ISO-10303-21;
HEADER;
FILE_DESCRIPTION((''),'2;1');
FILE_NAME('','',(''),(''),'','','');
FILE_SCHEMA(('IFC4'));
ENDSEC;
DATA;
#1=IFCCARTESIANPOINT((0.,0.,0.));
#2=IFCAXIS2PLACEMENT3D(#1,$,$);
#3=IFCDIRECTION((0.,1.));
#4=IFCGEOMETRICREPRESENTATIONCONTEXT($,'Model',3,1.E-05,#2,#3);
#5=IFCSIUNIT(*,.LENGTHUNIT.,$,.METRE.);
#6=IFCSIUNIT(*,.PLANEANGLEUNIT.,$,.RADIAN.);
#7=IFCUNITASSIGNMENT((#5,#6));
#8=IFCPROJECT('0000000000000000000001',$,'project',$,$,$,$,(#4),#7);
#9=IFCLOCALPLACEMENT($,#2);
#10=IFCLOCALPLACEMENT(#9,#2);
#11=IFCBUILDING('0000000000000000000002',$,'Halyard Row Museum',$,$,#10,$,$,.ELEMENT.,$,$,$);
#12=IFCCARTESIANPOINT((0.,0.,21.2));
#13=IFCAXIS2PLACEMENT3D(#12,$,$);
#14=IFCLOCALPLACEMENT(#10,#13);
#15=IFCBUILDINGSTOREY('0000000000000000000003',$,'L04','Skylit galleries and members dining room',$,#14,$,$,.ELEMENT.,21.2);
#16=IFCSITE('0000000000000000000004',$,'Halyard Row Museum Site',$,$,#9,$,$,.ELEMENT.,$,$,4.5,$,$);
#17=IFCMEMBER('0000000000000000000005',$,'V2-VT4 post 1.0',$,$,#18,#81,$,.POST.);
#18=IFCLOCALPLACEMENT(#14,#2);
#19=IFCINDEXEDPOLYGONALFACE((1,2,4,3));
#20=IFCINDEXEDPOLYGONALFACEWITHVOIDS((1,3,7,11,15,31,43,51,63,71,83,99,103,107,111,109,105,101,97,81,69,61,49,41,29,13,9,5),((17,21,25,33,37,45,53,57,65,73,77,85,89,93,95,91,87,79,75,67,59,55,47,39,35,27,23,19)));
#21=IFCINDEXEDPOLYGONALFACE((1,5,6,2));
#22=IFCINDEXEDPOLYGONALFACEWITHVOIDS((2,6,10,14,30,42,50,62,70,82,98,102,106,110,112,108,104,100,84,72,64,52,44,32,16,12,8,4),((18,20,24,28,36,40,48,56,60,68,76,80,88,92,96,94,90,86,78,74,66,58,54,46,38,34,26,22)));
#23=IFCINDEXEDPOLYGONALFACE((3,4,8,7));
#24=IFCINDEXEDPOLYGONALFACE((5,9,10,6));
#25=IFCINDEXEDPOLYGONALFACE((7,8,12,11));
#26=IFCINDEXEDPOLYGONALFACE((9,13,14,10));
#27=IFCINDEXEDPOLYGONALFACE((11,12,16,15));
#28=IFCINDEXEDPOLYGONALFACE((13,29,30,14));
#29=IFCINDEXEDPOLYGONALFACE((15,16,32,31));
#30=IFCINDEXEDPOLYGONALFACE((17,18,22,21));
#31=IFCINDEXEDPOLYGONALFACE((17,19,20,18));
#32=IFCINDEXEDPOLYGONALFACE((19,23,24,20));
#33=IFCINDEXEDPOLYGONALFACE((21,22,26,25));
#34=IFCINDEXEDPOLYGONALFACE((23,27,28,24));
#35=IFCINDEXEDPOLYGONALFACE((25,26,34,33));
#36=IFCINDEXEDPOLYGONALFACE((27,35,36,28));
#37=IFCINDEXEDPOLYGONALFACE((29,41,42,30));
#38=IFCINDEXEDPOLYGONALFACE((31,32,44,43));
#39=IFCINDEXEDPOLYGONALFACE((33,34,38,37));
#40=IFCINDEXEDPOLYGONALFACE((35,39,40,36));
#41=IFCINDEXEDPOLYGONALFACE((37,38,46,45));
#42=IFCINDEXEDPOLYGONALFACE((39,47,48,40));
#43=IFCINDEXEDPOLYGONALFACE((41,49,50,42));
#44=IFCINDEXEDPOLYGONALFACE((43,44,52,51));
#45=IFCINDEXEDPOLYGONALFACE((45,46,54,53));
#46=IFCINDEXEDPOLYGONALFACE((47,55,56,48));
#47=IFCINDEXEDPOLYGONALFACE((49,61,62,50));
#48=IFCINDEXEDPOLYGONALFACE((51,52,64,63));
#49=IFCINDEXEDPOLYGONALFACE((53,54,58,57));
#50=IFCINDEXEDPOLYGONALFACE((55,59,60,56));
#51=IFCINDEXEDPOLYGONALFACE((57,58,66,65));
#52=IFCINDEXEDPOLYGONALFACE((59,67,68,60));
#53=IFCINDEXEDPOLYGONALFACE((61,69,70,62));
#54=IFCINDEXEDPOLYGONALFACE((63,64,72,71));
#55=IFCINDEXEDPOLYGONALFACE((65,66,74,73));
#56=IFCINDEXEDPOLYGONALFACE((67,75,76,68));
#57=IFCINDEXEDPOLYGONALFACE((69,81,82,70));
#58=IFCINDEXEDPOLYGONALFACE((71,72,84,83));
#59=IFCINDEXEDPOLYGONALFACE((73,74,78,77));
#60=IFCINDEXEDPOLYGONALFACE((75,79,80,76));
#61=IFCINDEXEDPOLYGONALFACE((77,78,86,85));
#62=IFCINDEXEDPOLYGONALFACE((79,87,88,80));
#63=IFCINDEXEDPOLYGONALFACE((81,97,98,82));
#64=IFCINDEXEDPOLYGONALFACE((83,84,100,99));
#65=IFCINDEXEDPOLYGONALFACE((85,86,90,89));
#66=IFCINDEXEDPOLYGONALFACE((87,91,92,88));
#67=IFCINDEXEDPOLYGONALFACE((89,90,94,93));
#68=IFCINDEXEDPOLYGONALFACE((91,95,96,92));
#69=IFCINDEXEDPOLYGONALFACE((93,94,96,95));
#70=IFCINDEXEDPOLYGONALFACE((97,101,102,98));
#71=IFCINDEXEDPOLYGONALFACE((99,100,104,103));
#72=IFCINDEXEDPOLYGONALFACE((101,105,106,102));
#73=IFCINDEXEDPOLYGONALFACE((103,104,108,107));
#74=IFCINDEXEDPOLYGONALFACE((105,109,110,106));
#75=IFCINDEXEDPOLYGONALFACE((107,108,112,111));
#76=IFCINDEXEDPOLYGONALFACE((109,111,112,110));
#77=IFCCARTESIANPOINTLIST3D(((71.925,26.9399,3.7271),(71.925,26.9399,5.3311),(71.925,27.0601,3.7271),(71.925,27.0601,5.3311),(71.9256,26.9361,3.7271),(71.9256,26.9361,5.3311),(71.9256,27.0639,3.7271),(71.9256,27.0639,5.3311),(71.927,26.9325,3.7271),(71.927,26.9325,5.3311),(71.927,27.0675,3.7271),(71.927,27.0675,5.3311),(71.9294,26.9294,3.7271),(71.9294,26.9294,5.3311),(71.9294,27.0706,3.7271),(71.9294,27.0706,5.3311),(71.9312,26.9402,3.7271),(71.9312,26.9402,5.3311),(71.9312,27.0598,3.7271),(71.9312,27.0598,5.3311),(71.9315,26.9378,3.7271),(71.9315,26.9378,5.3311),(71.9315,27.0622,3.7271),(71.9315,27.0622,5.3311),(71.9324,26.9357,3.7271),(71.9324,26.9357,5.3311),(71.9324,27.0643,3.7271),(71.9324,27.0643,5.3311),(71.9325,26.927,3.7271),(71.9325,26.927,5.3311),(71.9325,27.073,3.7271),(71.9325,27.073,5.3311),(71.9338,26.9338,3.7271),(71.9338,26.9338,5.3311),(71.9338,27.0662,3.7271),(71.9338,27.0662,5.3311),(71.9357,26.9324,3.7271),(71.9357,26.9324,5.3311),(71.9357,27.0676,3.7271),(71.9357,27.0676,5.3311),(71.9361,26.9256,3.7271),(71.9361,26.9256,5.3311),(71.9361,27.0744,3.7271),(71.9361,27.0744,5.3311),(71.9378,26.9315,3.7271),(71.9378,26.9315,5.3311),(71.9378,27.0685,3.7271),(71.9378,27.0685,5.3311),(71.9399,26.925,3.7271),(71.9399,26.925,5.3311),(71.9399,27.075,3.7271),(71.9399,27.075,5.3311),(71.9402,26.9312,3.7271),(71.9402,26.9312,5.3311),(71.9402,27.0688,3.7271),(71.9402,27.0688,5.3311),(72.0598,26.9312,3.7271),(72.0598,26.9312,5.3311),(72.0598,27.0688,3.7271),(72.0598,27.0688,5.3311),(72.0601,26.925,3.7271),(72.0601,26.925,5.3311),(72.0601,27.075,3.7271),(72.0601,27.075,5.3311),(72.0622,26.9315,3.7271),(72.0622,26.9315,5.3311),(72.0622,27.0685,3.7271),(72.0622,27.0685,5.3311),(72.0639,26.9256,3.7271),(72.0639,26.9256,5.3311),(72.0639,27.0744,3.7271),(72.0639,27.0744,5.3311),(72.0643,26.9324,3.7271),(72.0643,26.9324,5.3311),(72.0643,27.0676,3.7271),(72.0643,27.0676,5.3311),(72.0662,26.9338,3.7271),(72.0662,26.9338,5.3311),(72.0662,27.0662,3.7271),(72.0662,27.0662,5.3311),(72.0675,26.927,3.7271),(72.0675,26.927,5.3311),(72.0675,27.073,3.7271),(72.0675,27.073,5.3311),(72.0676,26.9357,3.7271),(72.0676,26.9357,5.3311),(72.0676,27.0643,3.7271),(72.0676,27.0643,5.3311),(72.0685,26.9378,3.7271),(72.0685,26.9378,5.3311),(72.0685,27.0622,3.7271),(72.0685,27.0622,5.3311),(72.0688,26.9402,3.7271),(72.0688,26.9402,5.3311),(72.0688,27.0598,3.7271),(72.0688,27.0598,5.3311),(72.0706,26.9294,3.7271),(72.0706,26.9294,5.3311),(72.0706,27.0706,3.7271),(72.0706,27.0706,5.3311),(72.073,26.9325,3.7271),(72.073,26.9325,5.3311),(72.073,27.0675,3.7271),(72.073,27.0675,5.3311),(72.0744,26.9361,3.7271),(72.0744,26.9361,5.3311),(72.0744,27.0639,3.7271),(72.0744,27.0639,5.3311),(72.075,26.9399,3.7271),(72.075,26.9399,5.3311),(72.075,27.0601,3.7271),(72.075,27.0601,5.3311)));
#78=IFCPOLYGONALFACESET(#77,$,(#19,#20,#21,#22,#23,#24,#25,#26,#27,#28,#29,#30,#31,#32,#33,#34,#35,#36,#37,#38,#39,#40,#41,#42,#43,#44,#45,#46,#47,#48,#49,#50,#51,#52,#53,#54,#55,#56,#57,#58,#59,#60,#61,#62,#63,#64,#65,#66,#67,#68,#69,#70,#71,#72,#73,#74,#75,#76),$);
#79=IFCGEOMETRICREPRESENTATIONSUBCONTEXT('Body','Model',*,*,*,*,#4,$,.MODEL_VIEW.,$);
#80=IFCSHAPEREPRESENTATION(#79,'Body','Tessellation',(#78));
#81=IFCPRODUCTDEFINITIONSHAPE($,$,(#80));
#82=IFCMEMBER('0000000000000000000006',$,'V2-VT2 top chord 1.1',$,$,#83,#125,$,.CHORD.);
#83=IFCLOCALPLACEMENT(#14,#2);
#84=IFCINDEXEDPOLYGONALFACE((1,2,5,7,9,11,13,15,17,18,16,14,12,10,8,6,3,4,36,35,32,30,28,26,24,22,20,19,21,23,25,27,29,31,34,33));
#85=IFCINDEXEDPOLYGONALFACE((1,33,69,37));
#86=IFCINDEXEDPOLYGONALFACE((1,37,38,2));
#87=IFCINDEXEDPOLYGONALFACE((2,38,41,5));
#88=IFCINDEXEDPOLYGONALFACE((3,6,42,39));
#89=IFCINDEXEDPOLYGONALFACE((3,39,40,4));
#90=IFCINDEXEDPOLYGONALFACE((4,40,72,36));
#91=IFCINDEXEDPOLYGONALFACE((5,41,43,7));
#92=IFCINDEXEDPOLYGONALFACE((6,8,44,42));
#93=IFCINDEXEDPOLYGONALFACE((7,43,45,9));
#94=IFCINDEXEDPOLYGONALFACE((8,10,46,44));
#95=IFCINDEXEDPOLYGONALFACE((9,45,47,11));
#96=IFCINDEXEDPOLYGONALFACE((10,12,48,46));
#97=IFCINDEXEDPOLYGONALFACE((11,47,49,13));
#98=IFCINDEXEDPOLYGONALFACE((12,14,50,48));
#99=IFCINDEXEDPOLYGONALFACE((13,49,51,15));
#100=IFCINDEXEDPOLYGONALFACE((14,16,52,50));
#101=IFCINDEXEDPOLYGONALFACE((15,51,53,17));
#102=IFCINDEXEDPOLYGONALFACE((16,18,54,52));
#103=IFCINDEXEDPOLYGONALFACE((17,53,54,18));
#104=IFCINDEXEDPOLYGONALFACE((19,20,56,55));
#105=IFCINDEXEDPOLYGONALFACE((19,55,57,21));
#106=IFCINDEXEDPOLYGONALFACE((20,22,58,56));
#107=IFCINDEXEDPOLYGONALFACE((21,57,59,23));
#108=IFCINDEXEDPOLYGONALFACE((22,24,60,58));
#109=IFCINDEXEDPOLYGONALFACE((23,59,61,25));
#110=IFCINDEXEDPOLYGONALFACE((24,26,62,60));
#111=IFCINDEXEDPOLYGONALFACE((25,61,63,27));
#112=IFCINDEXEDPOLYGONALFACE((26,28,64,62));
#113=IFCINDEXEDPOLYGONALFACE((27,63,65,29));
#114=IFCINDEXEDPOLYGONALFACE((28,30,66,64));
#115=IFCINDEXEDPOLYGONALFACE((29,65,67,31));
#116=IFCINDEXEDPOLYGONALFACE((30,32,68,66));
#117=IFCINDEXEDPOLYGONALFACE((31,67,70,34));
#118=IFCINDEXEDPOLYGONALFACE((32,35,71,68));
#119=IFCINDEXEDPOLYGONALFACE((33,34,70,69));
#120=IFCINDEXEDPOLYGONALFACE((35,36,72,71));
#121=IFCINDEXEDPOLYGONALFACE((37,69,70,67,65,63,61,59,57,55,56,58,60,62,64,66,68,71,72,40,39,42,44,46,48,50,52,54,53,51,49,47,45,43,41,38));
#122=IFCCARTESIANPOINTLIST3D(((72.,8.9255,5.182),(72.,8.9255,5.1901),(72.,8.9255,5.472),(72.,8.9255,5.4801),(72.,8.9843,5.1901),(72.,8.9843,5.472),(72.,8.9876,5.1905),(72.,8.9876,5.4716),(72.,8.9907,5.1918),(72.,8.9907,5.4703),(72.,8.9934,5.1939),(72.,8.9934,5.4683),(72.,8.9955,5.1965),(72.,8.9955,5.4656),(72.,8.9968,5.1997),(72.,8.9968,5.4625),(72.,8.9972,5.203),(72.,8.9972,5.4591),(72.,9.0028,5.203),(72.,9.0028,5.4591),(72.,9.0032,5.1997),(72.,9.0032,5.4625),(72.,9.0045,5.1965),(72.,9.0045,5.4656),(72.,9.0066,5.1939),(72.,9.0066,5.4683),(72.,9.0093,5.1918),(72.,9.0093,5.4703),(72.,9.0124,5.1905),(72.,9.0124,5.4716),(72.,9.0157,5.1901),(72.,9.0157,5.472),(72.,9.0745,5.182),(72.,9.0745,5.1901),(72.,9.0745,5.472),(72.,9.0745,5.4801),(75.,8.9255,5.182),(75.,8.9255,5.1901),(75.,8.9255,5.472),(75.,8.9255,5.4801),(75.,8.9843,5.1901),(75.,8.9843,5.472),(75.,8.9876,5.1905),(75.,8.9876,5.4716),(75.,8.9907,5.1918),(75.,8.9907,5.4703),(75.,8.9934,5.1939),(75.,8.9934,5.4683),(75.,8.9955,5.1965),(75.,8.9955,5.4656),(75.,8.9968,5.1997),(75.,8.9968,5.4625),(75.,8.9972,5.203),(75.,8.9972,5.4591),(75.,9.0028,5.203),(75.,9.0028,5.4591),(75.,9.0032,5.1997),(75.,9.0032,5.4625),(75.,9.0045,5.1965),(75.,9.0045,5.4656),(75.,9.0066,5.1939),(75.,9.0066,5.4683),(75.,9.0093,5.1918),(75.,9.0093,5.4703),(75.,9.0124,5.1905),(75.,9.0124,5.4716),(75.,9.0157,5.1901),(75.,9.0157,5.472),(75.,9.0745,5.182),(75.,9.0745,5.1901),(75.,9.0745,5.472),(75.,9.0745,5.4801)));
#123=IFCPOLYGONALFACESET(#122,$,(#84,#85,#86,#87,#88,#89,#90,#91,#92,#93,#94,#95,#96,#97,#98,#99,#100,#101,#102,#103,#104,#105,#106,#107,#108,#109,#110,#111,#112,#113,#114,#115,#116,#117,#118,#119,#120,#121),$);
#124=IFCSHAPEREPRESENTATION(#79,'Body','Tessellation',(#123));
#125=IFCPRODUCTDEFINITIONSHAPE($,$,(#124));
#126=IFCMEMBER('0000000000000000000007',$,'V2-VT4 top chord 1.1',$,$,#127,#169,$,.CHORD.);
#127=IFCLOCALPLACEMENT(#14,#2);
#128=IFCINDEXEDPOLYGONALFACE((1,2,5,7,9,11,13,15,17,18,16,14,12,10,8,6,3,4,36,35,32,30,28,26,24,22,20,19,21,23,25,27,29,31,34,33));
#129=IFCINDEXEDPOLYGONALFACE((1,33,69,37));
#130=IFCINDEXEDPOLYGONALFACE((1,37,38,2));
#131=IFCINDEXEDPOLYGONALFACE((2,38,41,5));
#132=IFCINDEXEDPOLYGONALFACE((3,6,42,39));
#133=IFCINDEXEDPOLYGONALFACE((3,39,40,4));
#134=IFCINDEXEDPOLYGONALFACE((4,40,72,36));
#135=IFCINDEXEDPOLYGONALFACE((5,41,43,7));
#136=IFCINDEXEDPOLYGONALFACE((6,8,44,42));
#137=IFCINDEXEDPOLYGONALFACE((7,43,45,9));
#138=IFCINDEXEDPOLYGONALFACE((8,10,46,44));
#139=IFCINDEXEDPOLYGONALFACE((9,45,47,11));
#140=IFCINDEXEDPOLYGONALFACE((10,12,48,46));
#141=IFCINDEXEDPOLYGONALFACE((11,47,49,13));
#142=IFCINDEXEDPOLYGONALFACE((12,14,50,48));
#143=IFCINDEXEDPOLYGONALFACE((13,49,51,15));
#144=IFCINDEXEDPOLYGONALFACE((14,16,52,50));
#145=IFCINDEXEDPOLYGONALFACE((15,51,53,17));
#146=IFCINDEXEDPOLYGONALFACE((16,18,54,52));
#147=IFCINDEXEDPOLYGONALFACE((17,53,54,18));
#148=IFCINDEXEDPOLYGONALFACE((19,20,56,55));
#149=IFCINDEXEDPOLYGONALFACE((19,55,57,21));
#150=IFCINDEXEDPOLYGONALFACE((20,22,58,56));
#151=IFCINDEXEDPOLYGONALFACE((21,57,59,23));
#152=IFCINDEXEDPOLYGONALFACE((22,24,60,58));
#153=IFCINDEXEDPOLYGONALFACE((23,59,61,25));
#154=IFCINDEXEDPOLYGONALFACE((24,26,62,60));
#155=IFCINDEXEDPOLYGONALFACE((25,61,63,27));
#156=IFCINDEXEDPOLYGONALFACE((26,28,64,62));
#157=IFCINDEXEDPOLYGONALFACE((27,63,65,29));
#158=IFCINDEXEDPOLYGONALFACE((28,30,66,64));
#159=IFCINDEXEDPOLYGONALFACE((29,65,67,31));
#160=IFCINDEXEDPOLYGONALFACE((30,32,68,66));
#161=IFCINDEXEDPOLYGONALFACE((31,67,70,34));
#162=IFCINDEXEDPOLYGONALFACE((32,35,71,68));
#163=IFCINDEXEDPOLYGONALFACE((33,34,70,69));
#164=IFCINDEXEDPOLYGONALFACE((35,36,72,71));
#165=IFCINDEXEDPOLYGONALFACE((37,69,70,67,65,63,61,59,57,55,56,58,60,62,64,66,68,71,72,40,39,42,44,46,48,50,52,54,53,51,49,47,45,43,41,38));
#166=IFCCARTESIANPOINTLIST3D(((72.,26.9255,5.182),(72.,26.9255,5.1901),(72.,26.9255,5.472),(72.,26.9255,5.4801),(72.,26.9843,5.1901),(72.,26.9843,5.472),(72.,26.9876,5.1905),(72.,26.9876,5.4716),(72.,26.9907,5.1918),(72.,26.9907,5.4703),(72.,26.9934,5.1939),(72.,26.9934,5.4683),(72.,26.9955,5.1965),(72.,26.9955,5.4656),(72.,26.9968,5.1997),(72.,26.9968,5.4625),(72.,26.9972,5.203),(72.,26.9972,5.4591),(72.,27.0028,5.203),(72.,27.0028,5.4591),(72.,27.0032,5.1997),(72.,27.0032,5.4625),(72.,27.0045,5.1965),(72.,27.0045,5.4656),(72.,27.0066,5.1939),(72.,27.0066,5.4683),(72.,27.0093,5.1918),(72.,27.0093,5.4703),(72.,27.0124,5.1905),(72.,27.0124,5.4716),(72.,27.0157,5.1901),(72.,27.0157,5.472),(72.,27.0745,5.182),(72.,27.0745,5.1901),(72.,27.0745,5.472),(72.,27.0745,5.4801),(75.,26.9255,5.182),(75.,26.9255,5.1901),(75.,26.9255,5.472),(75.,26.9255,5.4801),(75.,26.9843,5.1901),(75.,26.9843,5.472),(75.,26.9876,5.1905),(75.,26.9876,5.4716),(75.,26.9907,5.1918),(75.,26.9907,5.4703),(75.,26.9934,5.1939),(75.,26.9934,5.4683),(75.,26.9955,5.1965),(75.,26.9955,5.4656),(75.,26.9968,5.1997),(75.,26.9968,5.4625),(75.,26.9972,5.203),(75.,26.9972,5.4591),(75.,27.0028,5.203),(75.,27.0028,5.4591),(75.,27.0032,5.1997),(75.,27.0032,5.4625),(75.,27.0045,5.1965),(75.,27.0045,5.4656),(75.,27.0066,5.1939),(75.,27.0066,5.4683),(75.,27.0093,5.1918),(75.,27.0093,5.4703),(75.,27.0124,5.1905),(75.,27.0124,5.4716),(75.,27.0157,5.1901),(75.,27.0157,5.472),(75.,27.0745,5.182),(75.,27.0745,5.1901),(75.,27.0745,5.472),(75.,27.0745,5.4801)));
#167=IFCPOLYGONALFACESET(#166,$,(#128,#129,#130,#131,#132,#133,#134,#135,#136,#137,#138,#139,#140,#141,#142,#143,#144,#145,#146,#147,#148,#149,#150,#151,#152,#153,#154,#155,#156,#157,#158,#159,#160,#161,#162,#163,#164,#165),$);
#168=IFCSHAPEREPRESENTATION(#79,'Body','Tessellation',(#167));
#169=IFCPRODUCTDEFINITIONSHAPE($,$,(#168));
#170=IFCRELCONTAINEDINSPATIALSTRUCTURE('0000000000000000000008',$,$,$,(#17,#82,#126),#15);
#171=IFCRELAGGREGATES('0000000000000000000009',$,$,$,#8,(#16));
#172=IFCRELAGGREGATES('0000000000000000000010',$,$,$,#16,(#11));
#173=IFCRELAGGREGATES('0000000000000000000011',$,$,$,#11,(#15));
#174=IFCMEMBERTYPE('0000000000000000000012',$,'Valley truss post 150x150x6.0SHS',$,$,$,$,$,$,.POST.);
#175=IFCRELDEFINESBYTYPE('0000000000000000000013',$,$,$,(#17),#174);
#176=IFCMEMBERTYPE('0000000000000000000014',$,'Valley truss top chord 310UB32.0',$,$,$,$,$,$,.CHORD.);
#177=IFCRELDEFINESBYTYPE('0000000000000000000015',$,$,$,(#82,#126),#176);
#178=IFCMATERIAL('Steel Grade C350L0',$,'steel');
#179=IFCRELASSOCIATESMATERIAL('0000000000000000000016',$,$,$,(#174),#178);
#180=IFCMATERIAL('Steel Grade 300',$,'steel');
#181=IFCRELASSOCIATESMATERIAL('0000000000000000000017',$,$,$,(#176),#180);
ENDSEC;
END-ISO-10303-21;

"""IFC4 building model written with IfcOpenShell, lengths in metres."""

from ifc_helpers import new_model, si_unit, direction, frame, origin, origin_2d, place, context, subcontext, project, spatial, hollow_rectangle, i_section, extrude, material, material_profile, profile_set, type_object, element, save


model = new_model("IFC4")

# Units and contexts
model_context = context("Model", 3, precision=1e-05, world=origin(), true_north=direction((0.0, 1.0)))
body_context = subcontext(model_context, "Body", "Model", "MODEL_VIEW")
ifc_project = project(units=[si_unit("LENGTHUNIT", "METRE"), si_unit("PLANEANGLEUNIT", "RADIAN")], contexts=[model_context])

# Site, building, storey
site_placement = place(None, origin())
site = spatial("IfcSite", under=ifc_project, at=site_placement, Name="Halyard Row Museum Site", CompositionType="ELEMENT", RefElevation=4.5)
building_placement = place(site_placement, origin())
building = spatial("IfcBuilding", under=site, at=building_placement, Name="Halyard Row Museum", CompositionType="ELEMENT")
storey_placement = place(building_placement, frame((0.0, 0.0, 21.2)))
storey = spatial("IfcBuildingStorey", under=building, at=storey_placement, Name="L04", Description="Skylit galleries and members dining room", CompositionType="ELEMENT", Elevation=21.2)

# Members
ifc_material_1 = material(Name="Steel Grade C350L0", Category="steel")
ifc_material_profile_1 = material_profile(ifc_material_1, hollow_rectangle(XDim=0.1499, YDim=0.1499, WallThickness=0.0061, InnerFilletRadius=0.009, OuterFilletRadius=0.0149, at=origin_2d()), Name="150x150x6.0SHS")
ifc_profile_set_1 = profile_set([ifc_material_profile_1], Name="Steel Grade C350L0")
member_type_1 = type_object("IfcMemberType", Name="Valley truss post 150x150x6.0SHS", PredefinedType="POST", material=ifc_profile_set_1)
member_1_placement = place(storey_placement, frame((72.0, 27.0, 3.7271), z_axis=(0.0, 0.0, 1.0), x_axis=(1.0, 0.0, 0.0)))
element("IfcMember", 1, at=member_1_placement, inside=storey, type_object=member_type_1, Name="V2-VT4 post 1.0", PredefinedType="POST", context=body_context, shape_type="SweptSolid", body=[
    extrude(hollow_rectangle(XDim=0.1499, YDim=0.1499, WallThickness=0.0061, InnerFilletRadius=0.009, OuterFilletRadius=0.0149, at=origin_2d()), origin(), (0.0, 0.0, 1.0), 1.604),
])
ifc_material_2 = material(Name="Steel Grade 300", Category="steel")
ifc_material_profile_2 = material_profile(ifc_material_2, i_section(OverallWidth=0.1489, OverallDepth=0.2981, WebThickness=0.0056, FlangeThickness=0.0081, FilletRadius=0.0129, at=origin_2d()), Name="310UB32.0")
ifc_profile_set_2 = profile_set([ifc_material_profile_2], Name="Steel Grade 300")
member_type_2 = type_object("IfcMemberType", Name="Valley truss top chord 310UB32.0", PredefinedType="CHORD", material=ifc_profile_set_2)
for number, where, z_axis, x_axis, name in (
    (2, (72.0, 9.0, 5.3311), (1.0, 0.0, 0.0), (0.0, 1.0, 0.0), "V2-VT2 top chord 1.1"),
    (3, (72.0, 27.0, 5.3311), (1.0, 0.0, 0.0), (0.0, 1.0, 0.0), "V2-VT4 top chord 1.1"),
):
    element("IfcMember", number, at=place(storey_placement, frame(where, z_axis=z_axis, x_axis=x_axis)), inside=storey, type_object=member_type_2, Name=name, PredefinedType="CHORD", context=body_context, shape_type="SweptSolid", body=[
        extrude(i_section(OverallWidth=0.1489, OverallDepth=0.2981, WebThickness=0.0056, FlangeThickness=0.0081, FilletRadius=0.0129, at=origin_2d()), origin(), (0.0, 0.0, 1.0), 3.0),
    ])

save(model, "model.ifc")
